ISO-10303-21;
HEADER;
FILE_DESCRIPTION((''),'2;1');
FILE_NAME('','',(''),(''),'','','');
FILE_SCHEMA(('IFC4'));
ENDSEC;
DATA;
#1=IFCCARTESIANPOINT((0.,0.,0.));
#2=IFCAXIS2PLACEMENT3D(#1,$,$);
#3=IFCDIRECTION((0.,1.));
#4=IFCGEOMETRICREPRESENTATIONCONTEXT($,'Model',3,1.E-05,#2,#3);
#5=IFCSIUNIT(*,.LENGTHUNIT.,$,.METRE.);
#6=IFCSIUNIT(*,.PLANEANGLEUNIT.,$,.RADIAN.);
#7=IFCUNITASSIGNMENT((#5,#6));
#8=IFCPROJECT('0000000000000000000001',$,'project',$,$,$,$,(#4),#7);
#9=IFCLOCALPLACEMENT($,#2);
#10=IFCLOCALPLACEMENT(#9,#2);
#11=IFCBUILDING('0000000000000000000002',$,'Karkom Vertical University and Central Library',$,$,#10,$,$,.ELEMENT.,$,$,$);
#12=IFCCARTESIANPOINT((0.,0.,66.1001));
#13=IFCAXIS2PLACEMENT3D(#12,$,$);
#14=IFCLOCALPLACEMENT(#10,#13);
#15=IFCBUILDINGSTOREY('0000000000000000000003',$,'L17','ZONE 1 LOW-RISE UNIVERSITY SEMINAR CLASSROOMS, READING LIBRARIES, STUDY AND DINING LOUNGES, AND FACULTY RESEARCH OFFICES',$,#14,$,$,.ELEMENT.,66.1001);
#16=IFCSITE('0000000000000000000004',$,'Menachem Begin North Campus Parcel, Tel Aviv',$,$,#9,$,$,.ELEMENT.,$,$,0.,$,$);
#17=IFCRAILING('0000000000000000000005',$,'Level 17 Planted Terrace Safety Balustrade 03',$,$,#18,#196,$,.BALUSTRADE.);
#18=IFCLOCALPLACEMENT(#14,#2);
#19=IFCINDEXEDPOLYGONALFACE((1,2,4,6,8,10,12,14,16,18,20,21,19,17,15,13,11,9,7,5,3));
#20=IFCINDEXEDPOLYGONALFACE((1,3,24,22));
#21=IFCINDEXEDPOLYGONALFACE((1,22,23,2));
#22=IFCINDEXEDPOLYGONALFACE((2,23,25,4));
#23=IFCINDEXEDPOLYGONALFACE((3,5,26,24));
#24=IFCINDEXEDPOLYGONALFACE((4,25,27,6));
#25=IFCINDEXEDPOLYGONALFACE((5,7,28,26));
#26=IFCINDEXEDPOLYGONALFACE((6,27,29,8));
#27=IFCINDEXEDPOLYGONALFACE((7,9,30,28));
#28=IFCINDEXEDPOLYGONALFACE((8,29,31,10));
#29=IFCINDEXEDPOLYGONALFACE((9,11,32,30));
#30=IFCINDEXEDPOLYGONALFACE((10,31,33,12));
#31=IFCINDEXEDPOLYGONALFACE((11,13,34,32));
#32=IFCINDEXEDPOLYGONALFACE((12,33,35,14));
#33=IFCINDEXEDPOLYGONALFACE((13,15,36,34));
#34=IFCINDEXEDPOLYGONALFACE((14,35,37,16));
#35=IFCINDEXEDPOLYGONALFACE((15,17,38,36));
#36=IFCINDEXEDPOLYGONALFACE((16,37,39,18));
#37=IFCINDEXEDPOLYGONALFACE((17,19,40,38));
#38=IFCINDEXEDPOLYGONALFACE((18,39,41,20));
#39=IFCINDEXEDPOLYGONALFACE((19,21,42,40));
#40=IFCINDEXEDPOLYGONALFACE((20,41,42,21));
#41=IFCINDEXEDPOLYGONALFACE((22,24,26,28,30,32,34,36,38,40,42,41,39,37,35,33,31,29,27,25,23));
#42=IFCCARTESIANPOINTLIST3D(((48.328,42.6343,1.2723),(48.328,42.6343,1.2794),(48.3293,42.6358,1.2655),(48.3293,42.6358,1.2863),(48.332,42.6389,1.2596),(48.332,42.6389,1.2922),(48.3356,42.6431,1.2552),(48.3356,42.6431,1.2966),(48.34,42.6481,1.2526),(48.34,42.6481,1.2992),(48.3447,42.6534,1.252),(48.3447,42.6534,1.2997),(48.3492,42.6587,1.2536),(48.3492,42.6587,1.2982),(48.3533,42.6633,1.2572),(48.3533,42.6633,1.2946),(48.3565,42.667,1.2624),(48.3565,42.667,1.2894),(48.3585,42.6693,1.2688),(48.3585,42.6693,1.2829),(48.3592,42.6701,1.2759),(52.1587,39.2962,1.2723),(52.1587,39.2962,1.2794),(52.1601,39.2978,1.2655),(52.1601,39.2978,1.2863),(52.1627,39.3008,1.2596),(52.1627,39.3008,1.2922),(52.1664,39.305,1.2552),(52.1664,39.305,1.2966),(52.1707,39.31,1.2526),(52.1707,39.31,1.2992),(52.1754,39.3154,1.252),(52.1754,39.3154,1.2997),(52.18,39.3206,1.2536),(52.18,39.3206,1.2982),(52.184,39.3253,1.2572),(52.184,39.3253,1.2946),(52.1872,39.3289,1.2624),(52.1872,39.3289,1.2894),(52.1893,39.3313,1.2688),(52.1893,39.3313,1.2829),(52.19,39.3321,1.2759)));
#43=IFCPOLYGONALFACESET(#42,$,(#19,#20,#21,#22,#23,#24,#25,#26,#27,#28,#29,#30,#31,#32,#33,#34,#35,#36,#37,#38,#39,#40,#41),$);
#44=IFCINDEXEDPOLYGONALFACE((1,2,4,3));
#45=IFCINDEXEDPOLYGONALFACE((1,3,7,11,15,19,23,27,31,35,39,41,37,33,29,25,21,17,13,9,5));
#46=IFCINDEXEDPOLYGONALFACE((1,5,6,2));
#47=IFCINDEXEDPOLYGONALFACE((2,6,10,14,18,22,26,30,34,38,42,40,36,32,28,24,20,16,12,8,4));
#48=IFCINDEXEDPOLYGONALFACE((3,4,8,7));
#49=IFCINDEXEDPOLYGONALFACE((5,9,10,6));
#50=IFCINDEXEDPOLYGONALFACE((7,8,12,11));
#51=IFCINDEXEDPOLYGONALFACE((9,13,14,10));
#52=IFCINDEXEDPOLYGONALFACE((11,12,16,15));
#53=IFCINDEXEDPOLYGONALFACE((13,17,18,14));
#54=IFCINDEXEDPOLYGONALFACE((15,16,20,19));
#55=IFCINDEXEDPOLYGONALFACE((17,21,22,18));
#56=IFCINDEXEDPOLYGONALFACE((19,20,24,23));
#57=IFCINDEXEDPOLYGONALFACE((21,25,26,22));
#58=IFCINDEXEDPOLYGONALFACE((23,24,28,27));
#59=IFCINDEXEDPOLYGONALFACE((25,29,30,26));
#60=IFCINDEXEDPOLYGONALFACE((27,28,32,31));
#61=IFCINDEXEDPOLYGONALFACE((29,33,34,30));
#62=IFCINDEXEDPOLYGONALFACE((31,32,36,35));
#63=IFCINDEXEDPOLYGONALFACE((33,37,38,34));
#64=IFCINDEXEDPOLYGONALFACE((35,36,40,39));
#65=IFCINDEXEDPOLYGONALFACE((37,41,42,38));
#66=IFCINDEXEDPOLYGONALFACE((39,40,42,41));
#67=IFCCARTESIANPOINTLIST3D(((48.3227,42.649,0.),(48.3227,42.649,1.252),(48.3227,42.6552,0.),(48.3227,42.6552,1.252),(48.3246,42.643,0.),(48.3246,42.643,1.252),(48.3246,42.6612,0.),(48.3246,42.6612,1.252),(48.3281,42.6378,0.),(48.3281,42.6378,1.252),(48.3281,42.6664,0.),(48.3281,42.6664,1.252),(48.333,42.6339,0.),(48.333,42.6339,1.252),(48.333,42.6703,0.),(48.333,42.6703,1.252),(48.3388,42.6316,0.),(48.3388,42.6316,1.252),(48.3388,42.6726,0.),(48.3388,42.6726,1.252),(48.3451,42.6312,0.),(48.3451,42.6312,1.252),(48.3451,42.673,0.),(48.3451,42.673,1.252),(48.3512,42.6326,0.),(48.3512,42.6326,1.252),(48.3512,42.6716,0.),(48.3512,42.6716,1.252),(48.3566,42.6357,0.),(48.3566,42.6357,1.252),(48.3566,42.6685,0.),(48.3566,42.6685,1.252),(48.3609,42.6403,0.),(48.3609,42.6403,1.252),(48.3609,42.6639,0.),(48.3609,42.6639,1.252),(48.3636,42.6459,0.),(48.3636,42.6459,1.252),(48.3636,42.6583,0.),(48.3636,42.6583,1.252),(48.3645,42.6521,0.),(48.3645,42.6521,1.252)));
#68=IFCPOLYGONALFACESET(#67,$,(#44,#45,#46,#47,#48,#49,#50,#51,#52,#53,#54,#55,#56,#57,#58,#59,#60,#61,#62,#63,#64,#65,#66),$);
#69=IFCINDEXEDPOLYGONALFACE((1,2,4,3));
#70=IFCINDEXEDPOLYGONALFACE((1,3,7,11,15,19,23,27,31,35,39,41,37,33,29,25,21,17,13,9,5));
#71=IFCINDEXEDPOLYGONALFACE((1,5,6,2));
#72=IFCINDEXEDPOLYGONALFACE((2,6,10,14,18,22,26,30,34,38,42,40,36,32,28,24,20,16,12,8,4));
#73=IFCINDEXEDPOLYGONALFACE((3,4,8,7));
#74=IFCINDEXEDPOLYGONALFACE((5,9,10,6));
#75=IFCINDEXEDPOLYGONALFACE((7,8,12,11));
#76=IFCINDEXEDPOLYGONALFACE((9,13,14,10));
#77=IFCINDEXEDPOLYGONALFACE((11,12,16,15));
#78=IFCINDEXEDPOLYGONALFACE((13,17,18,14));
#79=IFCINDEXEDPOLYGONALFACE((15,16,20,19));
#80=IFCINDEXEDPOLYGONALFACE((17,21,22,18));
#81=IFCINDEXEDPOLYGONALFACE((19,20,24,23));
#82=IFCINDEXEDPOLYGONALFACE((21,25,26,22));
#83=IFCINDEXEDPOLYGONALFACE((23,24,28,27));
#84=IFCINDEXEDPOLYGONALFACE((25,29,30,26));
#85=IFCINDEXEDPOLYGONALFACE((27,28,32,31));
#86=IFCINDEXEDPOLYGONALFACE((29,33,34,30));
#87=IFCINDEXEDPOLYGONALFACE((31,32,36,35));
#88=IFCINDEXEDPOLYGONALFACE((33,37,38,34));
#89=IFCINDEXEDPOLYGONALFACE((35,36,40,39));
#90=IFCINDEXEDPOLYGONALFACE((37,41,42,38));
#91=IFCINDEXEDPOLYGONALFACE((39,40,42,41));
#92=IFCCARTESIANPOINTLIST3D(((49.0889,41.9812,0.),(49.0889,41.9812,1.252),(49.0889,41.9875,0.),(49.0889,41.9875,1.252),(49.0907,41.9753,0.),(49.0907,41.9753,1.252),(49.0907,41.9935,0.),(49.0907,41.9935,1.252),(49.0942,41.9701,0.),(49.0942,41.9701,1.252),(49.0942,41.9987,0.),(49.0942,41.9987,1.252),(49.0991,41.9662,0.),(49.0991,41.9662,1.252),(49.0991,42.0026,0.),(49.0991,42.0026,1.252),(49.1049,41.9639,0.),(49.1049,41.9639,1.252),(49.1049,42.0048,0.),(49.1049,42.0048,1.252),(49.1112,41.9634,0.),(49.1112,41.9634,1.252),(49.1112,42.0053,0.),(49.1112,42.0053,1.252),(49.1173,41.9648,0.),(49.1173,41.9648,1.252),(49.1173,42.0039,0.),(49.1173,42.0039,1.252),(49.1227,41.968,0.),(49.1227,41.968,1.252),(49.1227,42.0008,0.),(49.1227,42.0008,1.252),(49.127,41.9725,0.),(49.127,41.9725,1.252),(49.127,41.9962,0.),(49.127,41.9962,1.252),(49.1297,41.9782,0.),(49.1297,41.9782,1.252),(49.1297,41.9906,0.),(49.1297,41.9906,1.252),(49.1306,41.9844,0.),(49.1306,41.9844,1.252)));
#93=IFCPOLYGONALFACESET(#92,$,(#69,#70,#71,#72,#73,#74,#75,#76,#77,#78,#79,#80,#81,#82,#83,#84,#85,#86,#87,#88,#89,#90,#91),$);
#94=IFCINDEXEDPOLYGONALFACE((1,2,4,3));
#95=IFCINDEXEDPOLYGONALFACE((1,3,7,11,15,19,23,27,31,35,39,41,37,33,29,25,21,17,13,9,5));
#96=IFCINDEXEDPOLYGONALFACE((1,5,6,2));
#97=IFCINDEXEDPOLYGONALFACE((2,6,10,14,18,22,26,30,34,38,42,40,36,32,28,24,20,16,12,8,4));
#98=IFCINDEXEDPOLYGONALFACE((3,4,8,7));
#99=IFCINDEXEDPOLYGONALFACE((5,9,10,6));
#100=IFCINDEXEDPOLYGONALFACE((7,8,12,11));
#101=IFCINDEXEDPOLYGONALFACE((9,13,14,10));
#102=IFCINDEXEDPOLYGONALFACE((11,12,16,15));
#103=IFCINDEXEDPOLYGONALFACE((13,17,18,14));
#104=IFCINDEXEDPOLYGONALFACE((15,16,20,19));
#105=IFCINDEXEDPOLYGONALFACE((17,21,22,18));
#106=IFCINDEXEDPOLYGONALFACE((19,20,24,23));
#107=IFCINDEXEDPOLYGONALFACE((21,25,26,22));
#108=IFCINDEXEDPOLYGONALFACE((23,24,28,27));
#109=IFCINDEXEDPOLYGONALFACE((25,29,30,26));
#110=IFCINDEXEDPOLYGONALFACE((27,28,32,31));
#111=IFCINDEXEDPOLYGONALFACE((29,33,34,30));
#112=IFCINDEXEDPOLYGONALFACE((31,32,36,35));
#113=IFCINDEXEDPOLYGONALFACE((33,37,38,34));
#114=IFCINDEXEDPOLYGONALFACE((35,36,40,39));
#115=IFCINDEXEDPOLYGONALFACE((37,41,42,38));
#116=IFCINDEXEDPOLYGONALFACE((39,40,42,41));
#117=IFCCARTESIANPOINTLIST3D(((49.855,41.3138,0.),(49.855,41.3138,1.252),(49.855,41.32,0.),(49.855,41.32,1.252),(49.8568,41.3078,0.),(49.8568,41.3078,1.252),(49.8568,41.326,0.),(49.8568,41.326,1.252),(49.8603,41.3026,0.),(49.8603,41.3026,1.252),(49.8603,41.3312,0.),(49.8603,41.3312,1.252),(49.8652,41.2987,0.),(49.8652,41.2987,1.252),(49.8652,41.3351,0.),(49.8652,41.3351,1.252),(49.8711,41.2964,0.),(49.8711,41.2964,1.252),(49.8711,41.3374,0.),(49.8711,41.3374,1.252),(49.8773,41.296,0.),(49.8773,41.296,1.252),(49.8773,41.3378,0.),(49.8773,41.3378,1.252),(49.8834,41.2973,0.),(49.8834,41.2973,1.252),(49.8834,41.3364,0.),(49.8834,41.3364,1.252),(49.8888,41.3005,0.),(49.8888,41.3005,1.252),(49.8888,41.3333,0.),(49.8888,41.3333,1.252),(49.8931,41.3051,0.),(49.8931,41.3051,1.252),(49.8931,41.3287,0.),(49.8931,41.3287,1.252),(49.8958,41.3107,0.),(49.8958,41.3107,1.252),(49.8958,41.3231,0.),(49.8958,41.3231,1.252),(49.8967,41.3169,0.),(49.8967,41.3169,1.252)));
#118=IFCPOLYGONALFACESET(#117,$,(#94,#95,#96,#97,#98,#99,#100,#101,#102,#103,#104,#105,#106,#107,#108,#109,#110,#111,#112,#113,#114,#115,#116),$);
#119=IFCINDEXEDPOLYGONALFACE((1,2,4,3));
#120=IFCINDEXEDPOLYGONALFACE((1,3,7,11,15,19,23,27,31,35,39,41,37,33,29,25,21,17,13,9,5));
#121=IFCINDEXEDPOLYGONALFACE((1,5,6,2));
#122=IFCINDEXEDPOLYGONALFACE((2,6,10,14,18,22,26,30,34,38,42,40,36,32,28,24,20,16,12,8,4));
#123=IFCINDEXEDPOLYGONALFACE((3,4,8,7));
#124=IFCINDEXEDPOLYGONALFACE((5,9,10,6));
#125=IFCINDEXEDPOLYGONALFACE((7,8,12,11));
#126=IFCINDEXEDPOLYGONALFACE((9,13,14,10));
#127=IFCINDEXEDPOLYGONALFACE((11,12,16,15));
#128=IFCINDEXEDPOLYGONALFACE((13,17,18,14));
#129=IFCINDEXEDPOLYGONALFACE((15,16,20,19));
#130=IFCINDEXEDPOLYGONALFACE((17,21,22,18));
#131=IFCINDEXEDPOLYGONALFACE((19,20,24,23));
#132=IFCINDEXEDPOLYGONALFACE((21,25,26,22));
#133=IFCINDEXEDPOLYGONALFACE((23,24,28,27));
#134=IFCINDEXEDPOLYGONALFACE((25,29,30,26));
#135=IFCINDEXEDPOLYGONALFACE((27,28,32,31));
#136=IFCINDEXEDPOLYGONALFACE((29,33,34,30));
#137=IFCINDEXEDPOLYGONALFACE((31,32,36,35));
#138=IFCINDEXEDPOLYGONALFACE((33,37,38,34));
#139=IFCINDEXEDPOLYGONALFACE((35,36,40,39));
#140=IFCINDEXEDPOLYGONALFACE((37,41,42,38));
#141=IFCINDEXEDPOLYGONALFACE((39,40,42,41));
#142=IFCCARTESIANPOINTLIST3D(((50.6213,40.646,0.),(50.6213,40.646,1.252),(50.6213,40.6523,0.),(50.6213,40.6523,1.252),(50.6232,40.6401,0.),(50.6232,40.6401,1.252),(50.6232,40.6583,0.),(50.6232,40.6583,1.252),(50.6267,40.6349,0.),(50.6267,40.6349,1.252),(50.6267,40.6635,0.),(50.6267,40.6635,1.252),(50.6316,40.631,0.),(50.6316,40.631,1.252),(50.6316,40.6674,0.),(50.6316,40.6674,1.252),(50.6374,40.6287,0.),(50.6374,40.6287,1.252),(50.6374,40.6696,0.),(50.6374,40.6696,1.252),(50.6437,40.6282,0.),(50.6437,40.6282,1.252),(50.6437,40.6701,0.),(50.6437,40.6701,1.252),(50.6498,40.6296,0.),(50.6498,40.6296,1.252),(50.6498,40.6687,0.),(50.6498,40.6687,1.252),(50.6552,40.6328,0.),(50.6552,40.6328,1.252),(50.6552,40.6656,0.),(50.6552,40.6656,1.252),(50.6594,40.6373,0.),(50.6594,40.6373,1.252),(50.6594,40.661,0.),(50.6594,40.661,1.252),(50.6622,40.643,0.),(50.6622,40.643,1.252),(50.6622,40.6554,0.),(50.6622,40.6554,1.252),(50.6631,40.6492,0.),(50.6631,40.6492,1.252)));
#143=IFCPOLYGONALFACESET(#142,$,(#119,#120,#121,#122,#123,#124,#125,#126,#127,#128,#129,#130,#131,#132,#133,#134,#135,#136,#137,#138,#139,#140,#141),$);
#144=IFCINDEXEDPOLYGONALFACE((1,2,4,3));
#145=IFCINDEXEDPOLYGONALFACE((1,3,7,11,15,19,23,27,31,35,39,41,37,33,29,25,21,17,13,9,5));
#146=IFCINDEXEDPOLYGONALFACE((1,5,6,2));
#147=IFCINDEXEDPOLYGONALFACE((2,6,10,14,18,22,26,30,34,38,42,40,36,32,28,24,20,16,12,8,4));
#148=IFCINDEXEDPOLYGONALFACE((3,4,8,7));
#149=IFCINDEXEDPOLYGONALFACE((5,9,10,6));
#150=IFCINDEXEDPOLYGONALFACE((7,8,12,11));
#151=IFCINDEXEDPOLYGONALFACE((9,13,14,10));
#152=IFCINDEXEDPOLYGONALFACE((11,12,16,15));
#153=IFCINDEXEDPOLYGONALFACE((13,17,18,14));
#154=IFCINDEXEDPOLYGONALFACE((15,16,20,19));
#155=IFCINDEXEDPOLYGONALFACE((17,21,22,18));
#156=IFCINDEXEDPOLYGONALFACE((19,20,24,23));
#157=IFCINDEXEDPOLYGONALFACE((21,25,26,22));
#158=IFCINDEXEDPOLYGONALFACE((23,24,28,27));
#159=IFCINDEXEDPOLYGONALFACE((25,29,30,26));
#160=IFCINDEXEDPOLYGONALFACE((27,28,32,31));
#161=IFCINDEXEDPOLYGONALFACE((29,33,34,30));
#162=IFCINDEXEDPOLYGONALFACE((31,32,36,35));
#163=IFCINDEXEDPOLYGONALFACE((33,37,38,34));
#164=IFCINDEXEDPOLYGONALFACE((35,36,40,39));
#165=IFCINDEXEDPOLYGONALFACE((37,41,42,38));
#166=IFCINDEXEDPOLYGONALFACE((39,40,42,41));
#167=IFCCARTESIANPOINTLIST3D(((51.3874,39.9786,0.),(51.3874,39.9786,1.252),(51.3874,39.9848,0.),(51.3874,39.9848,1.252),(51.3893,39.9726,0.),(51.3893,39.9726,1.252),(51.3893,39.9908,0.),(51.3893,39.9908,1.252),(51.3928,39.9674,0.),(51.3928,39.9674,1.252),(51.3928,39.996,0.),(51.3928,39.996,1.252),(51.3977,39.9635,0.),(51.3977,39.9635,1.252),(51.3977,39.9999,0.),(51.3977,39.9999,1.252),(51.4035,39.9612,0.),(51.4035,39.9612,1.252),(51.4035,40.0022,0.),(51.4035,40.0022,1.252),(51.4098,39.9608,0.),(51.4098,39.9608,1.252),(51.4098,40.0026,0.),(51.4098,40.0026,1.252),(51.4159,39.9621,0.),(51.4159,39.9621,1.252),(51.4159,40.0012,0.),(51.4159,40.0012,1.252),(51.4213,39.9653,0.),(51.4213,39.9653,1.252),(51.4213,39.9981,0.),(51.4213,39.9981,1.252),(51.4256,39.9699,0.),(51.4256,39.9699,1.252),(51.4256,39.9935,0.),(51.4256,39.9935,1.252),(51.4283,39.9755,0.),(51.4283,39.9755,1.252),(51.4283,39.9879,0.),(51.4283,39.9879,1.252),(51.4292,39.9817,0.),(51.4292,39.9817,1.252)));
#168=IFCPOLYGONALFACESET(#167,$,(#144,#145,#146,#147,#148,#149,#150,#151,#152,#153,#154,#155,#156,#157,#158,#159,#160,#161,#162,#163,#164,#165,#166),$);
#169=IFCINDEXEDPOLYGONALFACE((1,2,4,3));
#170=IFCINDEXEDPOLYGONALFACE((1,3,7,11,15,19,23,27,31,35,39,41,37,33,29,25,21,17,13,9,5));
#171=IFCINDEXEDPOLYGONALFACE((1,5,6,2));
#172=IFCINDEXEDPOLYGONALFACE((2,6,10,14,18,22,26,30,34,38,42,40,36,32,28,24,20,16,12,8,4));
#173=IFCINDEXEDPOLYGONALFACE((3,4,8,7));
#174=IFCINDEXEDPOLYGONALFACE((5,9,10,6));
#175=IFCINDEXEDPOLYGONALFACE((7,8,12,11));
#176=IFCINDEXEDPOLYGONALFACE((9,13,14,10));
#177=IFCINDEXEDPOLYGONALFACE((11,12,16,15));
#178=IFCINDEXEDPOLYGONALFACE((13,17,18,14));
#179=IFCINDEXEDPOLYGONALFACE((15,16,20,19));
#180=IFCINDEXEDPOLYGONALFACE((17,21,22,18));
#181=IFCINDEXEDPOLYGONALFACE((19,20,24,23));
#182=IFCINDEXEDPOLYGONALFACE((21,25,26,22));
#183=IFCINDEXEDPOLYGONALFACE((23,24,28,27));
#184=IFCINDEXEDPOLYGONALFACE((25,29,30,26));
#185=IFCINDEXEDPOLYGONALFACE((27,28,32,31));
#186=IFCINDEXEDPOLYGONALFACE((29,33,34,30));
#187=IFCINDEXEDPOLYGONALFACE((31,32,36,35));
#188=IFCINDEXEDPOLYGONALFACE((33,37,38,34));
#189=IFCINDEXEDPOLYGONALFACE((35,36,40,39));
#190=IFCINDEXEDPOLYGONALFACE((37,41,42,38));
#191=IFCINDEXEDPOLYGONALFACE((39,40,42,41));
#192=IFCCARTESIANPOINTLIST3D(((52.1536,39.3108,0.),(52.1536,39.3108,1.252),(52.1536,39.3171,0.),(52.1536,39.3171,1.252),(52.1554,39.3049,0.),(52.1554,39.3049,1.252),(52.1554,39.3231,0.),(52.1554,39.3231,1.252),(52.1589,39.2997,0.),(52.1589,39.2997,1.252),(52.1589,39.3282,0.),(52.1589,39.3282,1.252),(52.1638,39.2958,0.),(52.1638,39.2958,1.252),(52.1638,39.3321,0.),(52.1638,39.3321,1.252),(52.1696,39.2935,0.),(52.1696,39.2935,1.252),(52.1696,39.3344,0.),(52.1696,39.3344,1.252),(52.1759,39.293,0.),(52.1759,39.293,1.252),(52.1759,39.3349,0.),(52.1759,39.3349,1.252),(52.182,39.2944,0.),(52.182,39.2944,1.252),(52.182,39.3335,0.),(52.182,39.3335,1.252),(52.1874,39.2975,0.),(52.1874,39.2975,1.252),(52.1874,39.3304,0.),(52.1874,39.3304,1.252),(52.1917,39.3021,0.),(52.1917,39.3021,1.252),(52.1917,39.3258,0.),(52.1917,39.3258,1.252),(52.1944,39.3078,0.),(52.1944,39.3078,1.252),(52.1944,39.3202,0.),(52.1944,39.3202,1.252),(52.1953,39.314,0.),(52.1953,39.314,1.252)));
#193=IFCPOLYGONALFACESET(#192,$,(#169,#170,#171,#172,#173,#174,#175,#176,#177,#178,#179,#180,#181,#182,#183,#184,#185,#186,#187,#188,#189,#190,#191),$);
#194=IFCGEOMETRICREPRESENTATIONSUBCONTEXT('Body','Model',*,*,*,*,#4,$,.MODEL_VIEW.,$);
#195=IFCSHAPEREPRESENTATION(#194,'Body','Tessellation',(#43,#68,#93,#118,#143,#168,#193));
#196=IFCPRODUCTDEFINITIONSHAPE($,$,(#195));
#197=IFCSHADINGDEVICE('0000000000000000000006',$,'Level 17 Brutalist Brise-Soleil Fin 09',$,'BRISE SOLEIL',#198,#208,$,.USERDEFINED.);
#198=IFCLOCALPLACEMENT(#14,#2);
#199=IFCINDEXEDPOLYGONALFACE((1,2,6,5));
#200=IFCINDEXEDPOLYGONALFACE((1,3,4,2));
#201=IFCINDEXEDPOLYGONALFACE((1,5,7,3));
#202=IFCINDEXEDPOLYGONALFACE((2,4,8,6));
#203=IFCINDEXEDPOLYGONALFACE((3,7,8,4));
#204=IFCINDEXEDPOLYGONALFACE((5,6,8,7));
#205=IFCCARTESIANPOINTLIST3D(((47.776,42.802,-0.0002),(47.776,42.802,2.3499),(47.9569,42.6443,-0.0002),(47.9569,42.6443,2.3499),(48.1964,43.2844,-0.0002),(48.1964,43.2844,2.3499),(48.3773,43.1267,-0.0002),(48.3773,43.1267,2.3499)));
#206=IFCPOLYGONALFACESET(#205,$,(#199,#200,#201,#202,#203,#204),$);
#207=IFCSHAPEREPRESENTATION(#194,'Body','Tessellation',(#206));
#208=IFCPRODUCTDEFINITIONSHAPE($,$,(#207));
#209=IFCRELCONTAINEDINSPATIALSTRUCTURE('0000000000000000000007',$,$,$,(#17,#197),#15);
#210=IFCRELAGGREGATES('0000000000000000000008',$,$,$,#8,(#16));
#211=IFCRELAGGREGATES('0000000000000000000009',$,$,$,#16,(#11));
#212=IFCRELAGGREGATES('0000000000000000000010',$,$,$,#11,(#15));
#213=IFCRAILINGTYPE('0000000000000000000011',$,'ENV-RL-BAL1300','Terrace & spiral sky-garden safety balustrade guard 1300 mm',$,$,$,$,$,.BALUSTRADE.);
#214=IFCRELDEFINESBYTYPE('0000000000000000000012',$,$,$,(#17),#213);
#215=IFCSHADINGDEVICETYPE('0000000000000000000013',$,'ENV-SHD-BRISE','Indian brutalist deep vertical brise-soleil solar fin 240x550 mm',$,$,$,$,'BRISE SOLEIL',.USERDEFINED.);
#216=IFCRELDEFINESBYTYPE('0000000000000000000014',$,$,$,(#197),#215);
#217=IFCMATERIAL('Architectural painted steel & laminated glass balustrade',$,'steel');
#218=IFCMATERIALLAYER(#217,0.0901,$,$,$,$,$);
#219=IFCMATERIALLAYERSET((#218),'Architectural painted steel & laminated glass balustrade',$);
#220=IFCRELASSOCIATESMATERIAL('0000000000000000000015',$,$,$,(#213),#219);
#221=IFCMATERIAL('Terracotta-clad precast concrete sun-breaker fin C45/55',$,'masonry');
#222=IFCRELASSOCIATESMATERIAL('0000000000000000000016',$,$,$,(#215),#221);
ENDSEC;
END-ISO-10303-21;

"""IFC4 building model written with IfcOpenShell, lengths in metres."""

from ifc_helpers import new_model, si_unit, direction, frame, origin, origin_with_axes, origin_2d, place, context, subcontext, project, spatial, rectangle, circle, extrude, source, transform, mapped, material, layer, layer_set, type_object, element, save


model = new_model("IFC4")

# Units and contexts
model_context = context("Model", 3, precision=1e-05, world=origin(), true_north=direction((0.0, 1.0)))
body_context = subcontext(model_context, "Body", "Model", "MODEL_VIEW")
ifc_project = project(units=[si_unit("LENGTHUNIT", "METRE"), si_unit("PLANEANGLEUNIT", "RADIAN")], contexts=[model_context])

# Site, building, storey
site_placement = place(None, origin())
site = spatial("IfcSite", under=ifc_project, at=site_placement, Name="Menachem Begin North Campus Parcel, Tel Aviv", CompositionType="ELEMENT", RefElevation=0.0)
building_placement = place(site_placement, origin())
building = spatial("IfcBuilding", under=site, at=building_placement, Name="Karkom Vertical University and Central Library", CompositionType="ELEMENT")
storey_placement = place(building_placement, frame((0.0, 0.0, 66.1001)))
storey = spatial("IfcBuildingStorey", under=building, at=storey_placement, Name="L17", Description="ZONE 1 LOW-RISE UNIVERSITY SEMINAR CLASSROOMS, READING LIBRARIES, STUDY AND DINING LOUNGES, AND FACULTY RESEARCH OFFICES", CompositionType="ELEMENT", Elevation=66.1001)

# Railing
ifc_material_1 = material(Name="Architectural painted steel & laminated glass balustrade", Category="steel")
ifc_layer_1 = layer(ifc_material_1, 0.0901)
ifc_layer_set_1 = layer_set([ifc_layer_1], Name="Architectural painted steel & laminated glass balustrade")
railing_type = type_object("IfcRailingType", Name="ENV-RL-BAL1300", Description="Terrace & spiral sky-garden safety balustrade guard 1300 mm", PredefinedType="BALUSTRADE", material=ifc_layer_set_1)
railing_placement = place(storey_placement, frame((48.3435, 42.6521, 0.0)))
element("IfcRailing", 1, at=railing_placement, inside=storey, type_object=railing_type, Name="Level 17 Planted Terrace Safety Balustrade 03", PredefinedType="BALUSTRADE", context=body_context, shape_type="SweptSolid", body=[
    extrude(circle(Radius=0.0239, at=origin_2d()), frame((0.0, 0.0, 1.2759), z_axis=(0.753923, -0.656962, 0.0), x_axis=(0.656962, 0.753923, 0.0)), (0.0, 0.0, 1.0), 5.0811),
    extrude(circle(Radius=0.021, at=origin_2d()), origin(), (0.0, 0.0, 1.0), 1.252),
    extrude(circle(Radius=0.021, at=origin_2d()), frame((0.7661, -0.6677, 0.0)), (0.0, 0.0, 1.0), 1.252),
    extrude(circle(Radius=0.021, at=origin_2d()), frame((1.5322, -1.3352, 0.0)), (0.0, 0.0, 1.0), 1.252),
    extrude(circle(Radius=0.021, at=origin_2d()), frame((2.2986, -2.0029, 0.0)), (0.0, 0.0, 1.0), 1.252),
    extrude(circle(Radius=0.021, at=origin_2d()), frame((3.0647, -2.6704, 0.0)), (0.0, 0.0, 1.0), 1.252),
    extrude(circle(Radius=0.021, at=origin_2d()), frame((3.8308, -3.3381, 0.0)), (0.0, 0.0, 1.0), 1.252),
])

# Shading device
ifc_material_2 = material(Name="Terracotta-clad precast concrete sun-breaker fin C45/55", Category="masonry")
shading_device_type = type_object("IfcShadingDeviceType", Name="ENV-SHD-BRISE", Description="Indian brutalist deep vertical brise-soleil solar fin 240x550 mm", ElementType="BRISE SOLEIL", PredefinedType="USERDEFINED", material=ifc_material_2)
shared_shape_1 = source(origin_with_axes(), body_context, "Body", "SweptSolid", [
    extrude(rectangle(XDim=0.24, YDim=0.6399, at=origin_2d()), origin(), (0.0, 0.0, 1.0), 2.3501),
])
shading_device_placement = place(storey_placement, frame((48.0767, 42.9644, -0.0002), z_axis=(0.0, 0.0, 1.0), x_axis=(-0.753907, 0.656981, 0.0)))
element("IfcShadingDevice", 2, at=shading_device_placement, inside=storey, type_object=shading_device_type, Name="Level 17 Brutalist Brise-Soleil Fin 09", ObjectType="BRISE SOLEIL", PredefinedType="USERDEFINED", context=body_context, shape_type="MappedRepresentation", body=[
    mapped(shared_shape_1, transform((0.0, 0.0, 0.0), scale=1.0)),
])

save(model, "model.ifc")
